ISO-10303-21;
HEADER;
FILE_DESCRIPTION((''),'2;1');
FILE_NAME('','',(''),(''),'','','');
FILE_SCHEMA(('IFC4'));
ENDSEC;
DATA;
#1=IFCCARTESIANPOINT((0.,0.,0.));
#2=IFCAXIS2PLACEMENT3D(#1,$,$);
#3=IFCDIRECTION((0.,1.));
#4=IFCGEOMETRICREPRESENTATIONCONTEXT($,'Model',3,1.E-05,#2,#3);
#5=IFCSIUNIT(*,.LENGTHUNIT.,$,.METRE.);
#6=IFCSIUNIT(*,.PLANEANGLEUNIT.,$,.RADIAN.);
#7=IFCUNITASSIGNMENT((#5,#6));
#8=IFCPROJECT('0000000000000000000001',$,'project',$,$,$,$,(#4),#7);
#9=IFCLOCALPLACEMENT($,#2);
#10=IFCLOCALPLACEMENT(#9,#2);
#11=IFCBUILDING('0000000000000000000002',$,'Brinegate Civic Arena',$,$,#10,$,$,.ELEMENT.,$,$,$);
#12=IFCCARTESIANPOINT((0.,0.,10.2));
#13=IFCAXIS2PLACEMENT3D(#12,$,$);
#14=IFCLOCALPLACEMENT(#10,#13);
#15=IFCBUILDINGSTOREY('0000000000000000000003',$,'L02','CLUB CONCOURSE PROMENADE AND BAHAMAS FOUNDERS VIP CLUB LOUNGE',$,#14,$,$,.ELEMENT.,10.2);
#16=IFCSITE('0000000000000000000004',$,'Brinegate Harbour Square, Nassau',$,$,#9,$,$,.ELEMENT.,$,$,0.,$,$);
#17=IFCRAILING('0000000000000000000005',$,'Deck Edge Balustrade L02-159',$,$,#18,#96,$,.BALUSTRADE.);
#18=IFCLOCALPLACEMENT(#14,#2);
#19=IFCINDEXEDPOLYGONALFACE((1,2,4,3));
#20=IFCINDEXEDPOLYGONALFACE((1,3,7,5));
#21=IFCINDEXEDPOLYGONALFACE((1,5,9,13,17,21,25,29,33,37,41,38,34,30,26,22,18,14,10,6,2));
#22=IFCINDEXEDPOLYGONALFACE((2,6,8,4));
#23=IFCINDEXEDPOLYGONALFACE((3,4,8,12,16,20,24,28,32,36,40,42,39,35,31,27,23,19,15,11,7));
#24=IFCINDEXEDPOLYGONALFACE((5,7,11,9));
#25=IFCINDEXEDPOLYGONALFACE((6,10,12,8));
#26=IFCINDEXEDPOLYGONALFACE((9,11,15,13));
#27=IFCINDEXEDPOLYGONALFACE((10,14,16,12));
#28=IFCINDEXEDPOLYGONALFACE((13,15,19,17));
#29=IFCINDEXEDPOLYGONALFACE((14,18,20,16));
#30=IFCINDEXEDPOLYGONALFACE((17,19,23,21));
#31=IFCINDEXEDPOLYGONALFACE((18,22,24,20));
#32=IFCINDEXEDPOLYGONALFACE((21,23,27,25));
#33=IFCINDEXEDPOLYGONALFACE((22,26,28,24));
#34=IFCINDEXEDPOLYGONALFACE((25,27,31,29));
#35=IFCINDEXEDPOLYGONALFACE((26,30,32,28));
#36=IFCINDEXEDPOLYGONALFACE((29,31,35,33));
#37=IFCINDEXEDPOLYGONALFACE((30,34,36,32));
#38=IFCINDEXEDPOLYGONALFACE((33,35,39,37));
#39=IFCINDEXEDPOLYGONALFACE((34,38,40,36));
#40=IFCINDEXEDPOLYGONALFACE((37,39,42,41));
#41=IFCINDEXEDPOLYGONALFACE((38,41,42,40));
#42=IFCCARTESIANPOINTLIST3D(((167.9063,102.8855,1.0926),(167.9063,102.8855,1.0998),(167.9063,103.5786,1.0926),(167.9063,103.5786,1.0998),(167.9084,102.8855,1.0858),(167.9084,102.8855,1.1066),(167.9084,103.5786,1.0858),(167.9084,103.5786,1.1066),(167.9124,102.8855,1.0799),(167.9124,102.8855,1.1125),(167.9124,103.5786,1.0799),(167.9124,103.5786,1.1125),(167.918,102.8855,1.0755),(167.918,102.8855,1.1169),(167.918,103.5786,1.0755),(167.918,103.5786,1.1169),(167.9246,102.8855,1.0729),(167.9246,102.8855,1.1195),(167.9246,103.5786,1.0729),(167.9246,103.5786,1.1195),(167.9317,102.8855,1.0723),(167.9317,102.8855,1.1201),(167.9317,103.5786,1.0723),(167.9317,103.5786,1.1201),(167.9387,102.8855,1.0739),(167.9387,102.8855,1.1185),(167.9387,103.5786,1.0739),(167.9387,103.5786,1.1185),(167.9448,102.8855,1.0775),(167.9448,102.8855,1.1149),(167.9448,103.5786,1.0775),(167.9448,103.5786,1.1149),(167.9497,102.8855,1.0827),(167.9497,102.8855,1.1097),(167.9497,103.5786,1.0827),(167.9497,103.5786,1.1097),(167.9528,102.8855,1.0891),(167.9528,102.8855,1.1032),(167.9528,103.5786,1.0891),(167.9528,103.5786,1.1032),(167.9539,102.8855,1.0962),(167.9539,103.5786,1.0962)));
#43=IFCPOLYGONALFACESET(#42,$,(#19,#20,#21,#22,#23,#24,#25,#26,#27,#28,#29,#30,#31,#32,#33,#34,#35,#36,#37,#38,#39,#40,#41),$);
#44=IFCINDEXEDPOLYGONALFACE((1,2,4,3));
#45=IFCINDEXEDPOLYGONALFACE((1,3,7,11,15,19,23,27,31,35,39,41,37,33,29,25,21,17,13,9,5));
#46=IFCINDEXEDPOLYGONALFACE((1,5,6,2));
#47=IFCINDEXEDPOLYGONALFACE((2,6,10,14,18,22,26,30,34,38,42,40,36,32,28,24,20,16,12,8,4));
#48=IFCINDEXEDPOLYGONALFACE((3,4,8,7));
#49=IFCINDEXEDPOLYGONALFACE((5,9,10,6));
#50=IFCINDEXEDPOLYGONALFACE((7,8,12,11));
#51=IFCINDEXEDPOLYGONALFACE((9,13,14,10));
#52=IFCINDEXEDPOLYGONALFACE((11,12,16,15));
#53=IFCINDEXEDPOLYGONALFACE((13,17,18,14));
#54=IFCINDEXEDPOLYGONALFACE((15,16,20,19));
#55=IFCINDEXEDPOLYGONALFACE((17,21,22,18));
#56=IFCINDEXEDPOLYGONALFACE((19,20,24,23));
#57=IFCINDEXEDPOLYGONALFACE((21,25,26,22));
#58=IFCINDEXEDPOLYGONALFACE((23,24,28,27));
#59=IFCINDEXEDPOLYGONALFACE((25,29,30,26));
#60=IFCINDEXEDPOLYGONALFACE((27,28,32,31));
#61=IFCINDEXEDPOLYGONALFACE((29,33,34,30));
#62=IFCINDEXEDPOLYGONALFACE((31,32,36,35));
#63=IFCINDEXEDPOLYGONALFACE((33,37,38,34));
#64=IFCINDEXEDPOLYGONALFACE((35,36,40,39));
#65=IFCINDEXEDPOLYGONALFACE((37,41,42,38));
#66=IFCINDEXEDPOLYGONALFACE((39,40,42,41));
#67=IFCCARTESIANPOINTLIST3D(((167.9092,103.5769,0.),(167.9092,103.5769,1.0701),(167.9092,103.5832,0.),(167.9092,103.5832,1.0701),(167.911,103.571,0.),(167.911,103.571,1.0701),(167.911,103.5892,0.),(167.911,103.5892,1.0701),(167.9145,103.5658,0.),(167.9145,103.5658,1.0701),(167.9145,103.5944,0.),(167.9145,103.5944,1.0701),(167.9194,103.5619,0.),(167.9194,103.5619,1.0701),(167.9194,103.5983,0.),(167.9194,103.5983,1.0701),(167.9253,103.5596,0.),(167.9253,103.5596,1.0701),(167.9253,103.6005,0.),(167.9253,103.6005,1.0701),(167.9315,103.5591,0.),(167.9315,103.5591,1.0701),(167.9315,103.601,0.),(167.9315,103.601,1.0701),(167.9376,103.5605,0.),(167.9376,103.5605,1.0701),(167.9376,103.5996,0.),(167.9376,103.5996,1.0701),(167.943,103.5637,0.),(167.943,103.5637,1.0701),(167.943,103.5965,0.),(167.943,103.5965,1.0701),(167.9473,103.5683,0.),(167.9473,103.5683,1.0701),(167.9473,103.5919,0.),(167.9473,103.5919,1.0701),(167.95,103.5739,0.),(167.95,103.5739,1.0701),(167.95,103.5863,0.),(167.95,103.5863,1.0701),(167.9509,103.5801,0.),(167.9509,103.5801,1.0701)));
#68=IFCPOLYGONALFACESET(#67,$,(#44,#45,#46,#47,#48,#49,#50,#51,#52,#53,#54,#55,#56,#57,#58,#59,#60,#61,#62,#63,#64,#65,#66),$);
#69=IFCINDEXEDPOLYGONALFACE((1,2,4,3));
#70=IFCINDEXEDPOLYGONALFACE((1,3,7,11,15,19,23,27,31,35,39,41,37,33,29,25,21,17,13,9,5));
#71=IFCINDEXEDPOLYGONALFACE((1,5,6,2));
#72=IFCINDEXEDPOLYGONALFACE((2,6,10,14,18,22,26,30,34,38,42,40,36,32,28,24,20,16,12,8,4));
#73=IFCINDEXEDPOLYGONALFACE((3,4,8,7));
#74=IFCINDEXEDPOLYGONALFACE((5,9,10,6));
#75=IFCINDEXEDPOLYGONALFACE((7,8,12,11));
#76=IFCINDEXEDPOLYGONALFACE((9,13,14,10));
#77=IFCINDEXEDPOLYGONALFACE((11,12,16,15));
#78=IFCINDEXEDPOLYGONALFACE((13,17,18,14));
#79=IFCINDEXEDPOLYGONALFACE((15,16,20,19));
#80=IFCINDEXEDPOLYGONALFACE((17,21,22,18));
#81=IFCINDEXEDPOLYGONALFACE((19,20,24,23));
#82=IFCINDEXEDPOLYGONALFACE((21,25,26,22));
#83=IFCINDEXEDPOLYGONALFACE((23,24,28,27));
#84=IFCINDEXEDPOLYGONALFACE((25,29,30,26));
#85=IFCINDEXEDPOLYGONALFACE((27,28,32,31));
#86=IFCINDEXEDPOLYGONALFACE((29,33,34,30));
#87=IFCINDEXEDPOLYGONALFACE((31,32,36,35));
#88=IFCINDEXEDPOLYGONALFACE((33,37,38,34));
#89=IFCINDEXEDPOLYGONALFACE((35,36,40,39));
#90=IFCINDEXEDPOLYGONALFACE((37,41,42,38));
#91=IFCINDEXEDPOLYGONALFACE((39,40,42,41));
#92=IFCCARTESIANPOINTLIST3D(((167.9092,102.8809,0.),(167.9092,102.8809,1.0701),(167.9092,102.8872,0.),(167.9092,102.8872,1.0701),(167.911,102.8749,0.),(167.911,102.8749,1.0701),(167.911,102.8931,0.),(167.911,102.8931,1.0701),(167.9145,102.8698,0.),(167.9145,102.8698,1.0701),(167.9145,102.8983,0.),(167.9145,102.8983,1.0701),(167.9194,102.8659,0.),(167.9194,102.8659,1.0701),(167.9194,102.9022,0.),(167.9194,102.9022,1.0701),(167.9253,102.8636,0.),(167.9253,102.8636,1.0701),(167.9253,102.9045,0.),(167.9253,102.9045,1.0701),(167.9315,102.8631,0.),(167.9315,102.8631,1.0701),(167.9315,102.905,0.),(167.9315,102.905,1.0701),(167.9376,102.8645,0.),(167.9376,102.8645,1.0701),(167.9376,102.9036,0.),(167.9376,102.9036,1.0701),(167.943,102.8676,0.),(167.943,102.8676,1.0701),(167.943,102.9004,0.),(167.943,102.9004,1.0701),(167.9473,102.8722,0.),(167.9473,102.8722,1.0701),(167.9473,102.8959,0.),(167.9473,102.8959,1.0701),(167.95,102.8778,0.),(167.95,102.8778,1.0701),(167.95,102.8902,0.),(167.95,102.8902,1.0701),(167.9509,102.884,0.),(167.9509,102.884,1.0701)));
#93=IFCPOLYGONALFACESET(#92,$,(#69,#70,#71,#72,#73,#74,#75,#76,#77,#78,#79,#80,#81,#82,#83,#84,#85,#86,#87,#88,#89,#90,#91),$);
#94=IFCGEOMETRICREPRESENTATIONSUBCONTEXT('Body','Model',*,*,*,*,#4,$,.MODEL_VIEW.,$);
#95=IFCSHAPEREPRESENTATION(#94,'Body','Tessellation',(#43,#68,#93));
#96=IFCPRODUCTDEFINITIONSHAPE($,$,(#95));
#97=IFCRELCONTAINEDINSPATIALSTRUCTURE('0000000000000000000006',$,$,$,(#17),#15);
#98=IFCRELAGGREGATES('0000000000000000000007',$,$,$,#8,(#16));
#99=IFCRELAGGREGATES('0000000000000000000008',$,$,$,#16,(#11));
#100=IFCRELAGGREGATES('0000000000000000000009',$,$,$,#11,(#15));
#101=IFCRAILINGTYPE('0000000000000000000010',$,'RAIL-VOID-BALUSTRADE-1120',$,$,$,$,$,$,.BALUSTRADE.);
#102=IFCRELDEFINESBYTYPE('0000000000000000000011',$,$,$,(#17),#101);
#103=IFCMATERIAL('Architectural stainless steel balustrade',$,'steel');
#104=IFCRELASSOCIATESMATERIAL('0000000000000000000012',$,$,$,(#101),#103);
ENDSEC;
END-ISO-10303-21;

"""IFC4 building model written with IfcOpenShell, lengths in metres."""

from ifc_helpers import new_model, si_unit, direction, frame, origin, origin_2d, place, context, subcontext, project, spatial, circle, extrude, material, type_object, element, save


model = new_model("IFC4")

# Units and contexts
model_context = context("Model", 3, precision=1e-05, world=origin(), true_north=direction((0.0, 1.0)))
body_context = subcontext(model_context, "Body", "Model", "MODEL_VIEW")
ifc_project = project(units=[si_unit("LENGTHUNIT", "METRE"), si_unit("PLANEANGLEUNIT", "RADIAN")], contexts=[model_context])

# Site, building, storey
site_placement = place(None, origin())
site = spatial("IfcSite", under=ifc_project, at=site_placement, Name="Brinegate Harbour Square, Nassau", CompositionType="ELEMENT", RefElevation=0.0)
building_placement = place(site_placement, origin())
building = spatial("IfcBuilding", under=site, at=building_placement, Name="Brinegate Civic Arena", CompositionType="ELEMENT")
storey_placement = place(building_placement, frame((0.0, 0.0, 10.2)))
storey = spatial("IfcBuildingStorey", under=building, at=storey_placement, Name="L02", Description="CLUB CONCOURSE PROMENADE AND BAHAMAS FOUNDERS VIP CLUB LOUNGE", CompositionType="ELEMENT", Elevation=10.2)

# Railing
ifc_material_1 = material(Name="Architectural stainless steel balustrade", Category="steel")
railing_type_1 = type_object("IfcRailingType", Name="RAIL-VOID-BALUSTRADE-1120", PredefinedType="BALUSTRADE", material=ifc_material_1)
railing_1_placement = place(storey_placement, frame((167.9299, 103.5801, 0.0)))
element("IfcRailing", 1, at=railing_1_placement, inside=storey, type_object=railing_type_1, Name="Deck Edge Balustrade L02-159", PredefinedType="BALUSTRADE", context=body_context, shape_type="SweptSolid", body=[
    extrude(circle(Radius=0.0239, at=origin_2d()), frame((0.0, -0.0015, 1.0962), z_axis=(0.0, -1.0, 0.0), x_axis=(1.0, 0.0, 0.0)), (0.0, 0.0, 1.0), 0.6931),
    extrude(circle(Radius=0.021, at=origin_2d()), origin(), (0.0, 0.0, 1.0), 1.0701),
    extrude(circle(Radius=0.021, at=origin_2d()), frame((0.0, -0.696, 0.0)), (0.0, 0.0, 1.0), 1.0701),
])

save(model, "model.ifc")
